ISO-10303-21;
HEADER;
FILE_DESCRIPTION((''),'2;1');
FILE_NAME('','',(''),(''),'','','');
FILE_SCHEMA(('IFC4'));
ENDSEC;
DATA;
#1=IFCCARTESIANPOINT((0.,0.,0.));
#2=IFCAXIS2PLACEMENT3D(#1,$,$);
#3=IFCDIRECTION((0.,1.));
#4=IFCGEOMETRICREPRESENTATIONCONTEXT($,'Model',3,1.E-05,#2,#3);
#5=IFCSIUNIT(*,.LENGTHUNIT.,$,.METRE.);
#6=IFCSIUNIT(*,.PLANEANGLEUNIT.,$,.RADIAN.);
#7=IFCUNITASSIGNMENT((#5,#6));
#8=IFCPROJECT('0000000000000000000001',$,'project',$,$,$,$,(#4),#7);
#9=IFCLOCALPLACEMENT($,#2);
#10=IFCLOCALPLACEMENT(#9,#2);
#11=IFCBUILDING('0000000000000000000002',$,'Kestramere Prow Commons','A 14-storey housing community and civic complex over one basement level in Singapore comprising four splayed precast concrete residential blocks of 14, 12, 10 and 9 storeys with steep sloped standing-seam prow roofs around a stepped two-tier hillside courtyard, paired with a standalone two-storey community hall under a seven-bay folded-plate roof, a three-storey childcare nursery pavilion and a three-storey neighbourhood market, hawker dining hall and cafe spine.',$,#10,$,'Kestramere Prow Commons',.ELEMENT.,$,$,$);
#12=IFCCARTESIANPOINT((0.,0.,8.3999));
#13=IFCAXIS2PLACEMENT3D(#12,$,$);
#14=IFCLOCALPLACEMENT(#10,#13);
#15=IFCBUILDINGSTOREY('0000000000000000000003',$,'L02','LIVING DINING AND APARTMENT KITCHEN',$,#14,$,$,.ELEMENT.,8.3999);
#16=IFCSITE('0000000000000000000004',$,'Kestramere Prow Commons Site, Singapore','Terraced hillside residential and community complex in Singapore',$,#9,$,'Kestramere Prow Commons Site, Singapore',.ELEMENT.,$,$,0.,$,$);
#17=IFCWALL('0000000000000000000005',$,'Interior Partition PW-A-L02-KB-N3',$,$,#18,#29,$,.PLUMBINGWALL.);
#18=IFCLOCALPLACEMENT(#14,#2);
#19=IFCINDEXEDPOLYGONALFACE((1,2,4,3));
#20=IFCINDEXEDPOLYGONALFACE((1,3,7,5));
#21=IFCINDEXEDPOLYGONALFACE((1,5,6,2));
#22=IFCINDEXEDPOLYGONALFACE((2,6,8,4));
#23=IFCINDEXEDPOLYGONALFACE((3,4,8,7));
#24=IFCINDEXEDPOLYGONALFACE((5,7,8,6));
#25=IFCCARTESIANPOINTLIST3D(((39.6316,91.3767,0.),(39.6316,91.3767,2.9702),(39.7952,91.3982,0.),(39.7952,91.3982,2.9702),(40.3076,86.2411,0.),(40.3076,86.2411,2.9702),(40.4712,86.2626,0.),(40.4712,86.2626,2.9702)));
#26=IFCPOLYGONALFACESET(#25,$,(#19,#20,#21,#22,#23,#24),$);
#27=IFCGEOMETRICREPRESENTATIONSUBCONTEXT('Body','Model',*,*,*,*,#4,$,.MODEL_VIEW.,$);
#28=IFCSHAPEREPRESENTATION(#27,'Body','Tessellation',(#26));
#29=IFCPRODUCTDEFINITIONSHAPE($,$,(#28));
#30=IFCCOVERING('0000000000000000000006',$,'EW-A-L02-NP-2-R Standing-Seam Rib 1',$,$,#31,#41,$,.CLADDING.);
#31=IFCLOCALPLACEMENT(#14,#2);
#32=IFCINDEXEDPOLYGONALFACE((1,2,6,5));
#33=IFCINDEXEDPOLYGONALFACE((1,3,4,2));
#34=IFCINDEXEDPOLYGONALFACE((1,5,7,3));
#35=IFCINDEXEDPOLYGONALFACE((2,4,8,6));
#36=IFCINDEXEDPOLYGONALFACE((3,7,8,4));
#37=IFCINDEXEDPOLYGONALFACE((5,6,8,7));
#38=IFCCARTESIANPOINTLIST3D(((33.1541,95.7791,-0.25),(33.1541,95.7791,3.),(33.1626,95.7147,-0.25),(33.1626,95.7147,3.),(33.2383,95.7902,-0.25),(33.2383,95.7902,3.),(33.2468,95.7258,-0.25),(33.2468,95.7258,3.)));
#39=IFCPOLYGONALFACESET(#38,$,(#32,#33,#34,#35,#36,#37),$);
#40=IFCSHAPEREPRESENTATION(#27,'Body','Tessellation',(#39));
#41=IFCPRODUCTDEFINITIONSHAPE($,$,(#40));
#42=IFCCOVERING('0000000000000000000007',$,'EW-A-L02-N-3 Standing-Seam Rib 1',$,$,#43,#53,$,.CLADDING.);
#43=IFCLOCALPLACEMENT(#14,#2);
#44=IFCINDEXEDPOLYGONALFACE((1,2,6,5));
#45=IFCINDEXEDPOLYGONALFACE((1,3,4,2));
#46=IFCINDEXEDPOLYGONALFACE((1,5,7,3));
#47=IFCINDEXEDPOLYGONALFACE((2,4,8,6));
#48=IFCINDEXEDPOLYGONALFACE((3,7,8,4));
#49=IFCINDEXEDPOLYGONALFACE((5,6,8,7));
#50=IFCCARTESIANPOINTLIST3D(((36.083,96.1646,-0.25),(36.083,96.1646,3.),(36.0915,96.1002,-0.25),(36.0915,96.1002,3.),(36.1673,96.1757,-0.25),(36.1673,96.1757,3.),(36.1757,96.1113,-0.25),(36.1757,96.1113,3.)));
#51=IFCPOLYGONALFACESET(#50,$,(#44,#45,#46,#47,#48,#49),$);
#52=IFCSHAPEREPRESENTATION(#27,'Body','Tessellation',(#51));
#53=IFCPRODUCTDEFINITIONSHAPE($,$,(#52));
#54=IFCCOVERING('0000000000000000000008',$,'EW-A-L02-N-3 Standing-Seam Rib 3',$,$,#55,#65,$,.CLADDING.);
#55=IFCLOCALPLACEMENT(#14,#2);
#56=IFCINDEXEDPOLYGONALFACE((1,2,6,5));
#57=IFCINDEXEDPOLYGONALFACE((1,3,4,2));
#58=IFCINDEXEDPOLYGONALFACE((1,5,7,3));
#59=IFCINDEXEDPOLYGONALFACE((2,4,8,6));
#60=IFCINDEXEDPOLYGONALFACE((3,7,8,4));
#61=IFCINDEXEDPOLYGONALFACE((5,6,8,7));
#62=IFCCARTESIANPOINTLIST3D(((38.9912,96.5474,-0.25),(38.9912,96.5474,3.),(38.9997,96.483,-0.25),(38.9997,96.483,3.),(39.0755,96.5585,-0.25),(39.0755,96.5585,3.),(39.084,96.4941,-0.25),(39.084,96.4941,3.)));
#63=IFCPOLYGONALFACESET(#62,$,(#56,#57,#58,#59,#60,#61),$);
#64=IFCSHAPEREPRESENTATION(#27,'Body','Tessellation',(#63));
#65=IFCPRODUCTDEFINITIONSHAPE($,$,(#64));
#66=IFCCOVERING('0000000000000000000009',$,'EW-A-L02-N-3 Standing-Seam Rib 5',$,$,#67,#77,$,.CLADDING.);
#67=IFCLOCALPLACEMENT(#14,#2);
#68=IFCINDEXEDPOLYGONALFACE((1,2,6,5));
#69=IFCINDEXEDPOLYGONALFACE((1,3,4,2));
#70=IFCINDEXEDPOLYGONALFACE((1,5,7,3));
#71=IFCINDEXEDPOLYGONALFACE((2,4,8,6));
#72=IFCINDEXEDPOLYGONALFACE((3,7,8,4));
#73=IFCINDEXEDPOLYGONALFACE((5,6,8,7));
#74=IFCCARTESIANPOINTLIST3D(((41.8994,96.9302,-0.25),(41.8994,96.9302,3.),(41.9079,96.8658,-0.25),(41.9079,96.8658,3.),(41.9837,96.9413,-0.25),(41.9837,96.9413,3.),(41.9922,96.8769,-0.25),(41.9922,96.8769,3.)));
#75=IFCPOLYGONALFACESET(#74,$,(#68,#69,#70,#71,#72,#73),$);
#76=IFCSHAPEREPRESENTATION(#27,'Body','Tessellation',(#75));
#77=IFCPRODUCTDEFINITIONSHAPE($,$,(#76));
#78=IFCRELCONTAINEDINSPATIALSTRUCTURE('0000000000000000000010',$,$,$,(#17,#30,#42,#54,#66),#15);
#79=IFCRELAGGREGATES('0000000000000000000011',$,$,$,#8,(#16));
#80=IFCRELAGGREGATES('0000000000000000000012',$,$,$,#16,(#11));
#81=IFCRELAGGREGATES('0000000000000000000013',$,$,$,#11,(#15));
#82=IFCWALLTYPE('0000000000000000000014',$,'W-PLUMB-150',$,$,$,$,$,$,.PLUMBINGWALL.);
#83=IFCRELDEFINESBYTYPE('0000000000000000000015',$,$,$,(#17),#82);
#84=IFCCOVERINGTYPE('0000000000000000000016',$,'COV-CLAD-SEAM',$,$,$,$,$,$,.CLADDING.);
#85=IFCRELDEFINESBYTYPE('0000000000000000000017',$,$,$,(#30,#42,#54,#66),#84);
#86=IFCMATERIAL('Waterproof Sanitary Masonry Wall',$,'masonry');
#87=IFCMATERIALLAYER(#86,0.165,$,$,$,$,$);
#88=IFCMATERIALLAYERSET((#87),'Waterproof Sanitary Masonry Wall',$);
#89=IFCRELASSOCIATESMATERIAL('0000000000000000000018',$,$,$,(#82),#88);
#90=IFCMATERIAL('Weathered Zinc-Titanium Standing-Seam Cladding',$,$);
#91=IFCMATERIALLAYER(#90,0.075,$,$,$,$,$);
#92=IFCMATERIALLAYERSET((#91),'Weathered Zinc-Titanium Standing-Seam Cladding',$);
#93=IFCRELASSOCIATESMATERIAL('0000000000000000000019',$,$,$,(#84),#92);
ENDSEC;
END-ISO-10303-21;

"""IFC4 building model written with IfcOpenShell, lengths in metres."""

from ifc_helpers import new_model, si_unit, direction, frame, frame_2d, origin, origin_2d, place, context, subcontext, project, spatial, rectangle, extrude, material, layer, layer_set, type_object, element, save


model = new_model("IFC4")

# Units and contexts
model_context = context("Model", 3, precision=1e-05, world=origin(), true_north=direction((0.0, 1.0)))
body_context = subcontext(model_context, "Body", "Model", "MODEL_VIEW")
ifc_project = project(units=[si_unit("LENGTHUNIT", "METRE"), si_unit("PLANEANGLEUNIT", "RADIAN")], contexts=[model_context])

# Site, building, storey
site_placement = place(None, origin())
site = spatial("IfcSite", under=ifc_project, at=site_placement, Name="Kestramere Prow Commons Site, Singapore", Description="Terraced hillside residential and community complex in Singapore", LongName="Kestramere Prow Commons Site, Singapore", CompositionType="ELEMENT", RefElevation=0.0)
building_placement = place(site_placement, origin())
building = spatial("IfcBuilding", under=site, at=building_placement, Name="Kestramere Prow Commons", Description="A 14-storey housing community and civic complex over one basement level in Singapore comprising four splayed precast concrete residential blocks of 14, 12, 10 and 9 storeys with steep sloped standing-seam prow roofs around a stepped two-tier hillside courtyard, paired with a standalone two-storey community hall under a seven-bay folded-plate roof, a three-storey childcare nursery pavilion and a three-storey neighbourhood market, hawker dining hall and cafe spine.", LongName="Kestramere Prow Commons", CompositionType="ELEMENT")
storey_placement = place(building_placement, frame((0.0, 0.0, 8.3999)))
storey = spatial("IfcBuildingStorey", under=building, at=storey_placement, Name="L02", Description="LIVING DINING AND APARTMENT KITCHEN", CompositionType="ELEMENT", Elevation=8.3999)

# Shared definitions
ifc_material_1 = material(Name="Waterproof Sanitary Masonry Wall", Category="masonry")
ifc_layer_1 = layer(ifc_material_1, 0.165)
ifc_layer_set_1 = layer_set([ifc_layer_1], Name="Waterproof Sanitary Masonry Wall")
wall_type_1 = type_object("IfcWallType", Name="W-PLUMB-150", PredefinedType="PLUMBINGWALL", material=ifc_layer_set_1)

# Wall
wall_1_placement = place(storey_placement, frame((40.3894, 86.252, 0.0), z_axis=(0.0, 0.0, 1.0), x_axis=(-0.130506, 0.991448, 0.0)))
element("IfcWall", 1, at=wall_1_placement, inside=storey, type_object=wall_type_1, Name="Interior Partition PW-A-L02-KB-N3", PredefinedType="PLUMBINGWALL", context=body_context, shape_type="SweptSolid", body=[
    extrude(rectangle(XDim=5.1799, YDim=0.165, at=frame_2d((2.5898, 0.0))), origin(), (0.0, 0.0, 1.0), 2.9702),
])

# Coverings
ifc_material_2 = material(Name="Weathered Zinc-Titanium Standing-Seam Cladding")
ifc_layer_2 = layer(ifc_material_2, 0.075)
ifc_layer_set_2 = layer_set([ifc_layer_2], Name="Weathered Zinc-Titanium Standing-Seam Cladding")
covering_type = type_object("IfcCoveringType", Name="COV-CLAD-SEAM", PredefinedType="CLADDING", material=ifc_layer_set_2)
for number, where, z_axis, x_axis, name in (
    (2, (33.2004, 95.7524, -0.25), (0.0, 0.0, 1.0), (0.991445, 0.130526, 0.0), "EW-A-L02-NP-2-R Standing-Seam Rib 1"),
    (3, (36.1294, 96.1379, -0.25), (0.0, 0.0, 1.0), (0.991445, 0.130526, 0.0), "EW-A-L02-N-3 Standing-Seam Rib 1"),
    (4, (39.0376, 96.5208, -0.25), (0.0, 0.0, 1.0), (0.991445, 0.130526, 0.0), "EW-A-L02-N-3 Standing-Seam Rib 3"),
    (5, (41.9458, 96.9036, -0.25), (0.0, 0.0, 1.0), (0.991445, 0.130526, 0.0), "EW-A-L02-N-3 Standing-Seam Rib 5"),
):
    element("IfcCovering", number, at=place(storey_placement, frame(where, z_axis=z_axis, x_axis=x_axis)), inside=storey, type_object=covering_type, Name=name, PredefinedType="CLADDING", context=body_context, shape_type="SweptSolid", body=[
        extrude(rectangle(XDim=0.085, YDim=0.0649, at=origin_2d()), origin(), (0.0, 0.0, 1.0), 3.25),
    ])

save(model, "model.ifc")
